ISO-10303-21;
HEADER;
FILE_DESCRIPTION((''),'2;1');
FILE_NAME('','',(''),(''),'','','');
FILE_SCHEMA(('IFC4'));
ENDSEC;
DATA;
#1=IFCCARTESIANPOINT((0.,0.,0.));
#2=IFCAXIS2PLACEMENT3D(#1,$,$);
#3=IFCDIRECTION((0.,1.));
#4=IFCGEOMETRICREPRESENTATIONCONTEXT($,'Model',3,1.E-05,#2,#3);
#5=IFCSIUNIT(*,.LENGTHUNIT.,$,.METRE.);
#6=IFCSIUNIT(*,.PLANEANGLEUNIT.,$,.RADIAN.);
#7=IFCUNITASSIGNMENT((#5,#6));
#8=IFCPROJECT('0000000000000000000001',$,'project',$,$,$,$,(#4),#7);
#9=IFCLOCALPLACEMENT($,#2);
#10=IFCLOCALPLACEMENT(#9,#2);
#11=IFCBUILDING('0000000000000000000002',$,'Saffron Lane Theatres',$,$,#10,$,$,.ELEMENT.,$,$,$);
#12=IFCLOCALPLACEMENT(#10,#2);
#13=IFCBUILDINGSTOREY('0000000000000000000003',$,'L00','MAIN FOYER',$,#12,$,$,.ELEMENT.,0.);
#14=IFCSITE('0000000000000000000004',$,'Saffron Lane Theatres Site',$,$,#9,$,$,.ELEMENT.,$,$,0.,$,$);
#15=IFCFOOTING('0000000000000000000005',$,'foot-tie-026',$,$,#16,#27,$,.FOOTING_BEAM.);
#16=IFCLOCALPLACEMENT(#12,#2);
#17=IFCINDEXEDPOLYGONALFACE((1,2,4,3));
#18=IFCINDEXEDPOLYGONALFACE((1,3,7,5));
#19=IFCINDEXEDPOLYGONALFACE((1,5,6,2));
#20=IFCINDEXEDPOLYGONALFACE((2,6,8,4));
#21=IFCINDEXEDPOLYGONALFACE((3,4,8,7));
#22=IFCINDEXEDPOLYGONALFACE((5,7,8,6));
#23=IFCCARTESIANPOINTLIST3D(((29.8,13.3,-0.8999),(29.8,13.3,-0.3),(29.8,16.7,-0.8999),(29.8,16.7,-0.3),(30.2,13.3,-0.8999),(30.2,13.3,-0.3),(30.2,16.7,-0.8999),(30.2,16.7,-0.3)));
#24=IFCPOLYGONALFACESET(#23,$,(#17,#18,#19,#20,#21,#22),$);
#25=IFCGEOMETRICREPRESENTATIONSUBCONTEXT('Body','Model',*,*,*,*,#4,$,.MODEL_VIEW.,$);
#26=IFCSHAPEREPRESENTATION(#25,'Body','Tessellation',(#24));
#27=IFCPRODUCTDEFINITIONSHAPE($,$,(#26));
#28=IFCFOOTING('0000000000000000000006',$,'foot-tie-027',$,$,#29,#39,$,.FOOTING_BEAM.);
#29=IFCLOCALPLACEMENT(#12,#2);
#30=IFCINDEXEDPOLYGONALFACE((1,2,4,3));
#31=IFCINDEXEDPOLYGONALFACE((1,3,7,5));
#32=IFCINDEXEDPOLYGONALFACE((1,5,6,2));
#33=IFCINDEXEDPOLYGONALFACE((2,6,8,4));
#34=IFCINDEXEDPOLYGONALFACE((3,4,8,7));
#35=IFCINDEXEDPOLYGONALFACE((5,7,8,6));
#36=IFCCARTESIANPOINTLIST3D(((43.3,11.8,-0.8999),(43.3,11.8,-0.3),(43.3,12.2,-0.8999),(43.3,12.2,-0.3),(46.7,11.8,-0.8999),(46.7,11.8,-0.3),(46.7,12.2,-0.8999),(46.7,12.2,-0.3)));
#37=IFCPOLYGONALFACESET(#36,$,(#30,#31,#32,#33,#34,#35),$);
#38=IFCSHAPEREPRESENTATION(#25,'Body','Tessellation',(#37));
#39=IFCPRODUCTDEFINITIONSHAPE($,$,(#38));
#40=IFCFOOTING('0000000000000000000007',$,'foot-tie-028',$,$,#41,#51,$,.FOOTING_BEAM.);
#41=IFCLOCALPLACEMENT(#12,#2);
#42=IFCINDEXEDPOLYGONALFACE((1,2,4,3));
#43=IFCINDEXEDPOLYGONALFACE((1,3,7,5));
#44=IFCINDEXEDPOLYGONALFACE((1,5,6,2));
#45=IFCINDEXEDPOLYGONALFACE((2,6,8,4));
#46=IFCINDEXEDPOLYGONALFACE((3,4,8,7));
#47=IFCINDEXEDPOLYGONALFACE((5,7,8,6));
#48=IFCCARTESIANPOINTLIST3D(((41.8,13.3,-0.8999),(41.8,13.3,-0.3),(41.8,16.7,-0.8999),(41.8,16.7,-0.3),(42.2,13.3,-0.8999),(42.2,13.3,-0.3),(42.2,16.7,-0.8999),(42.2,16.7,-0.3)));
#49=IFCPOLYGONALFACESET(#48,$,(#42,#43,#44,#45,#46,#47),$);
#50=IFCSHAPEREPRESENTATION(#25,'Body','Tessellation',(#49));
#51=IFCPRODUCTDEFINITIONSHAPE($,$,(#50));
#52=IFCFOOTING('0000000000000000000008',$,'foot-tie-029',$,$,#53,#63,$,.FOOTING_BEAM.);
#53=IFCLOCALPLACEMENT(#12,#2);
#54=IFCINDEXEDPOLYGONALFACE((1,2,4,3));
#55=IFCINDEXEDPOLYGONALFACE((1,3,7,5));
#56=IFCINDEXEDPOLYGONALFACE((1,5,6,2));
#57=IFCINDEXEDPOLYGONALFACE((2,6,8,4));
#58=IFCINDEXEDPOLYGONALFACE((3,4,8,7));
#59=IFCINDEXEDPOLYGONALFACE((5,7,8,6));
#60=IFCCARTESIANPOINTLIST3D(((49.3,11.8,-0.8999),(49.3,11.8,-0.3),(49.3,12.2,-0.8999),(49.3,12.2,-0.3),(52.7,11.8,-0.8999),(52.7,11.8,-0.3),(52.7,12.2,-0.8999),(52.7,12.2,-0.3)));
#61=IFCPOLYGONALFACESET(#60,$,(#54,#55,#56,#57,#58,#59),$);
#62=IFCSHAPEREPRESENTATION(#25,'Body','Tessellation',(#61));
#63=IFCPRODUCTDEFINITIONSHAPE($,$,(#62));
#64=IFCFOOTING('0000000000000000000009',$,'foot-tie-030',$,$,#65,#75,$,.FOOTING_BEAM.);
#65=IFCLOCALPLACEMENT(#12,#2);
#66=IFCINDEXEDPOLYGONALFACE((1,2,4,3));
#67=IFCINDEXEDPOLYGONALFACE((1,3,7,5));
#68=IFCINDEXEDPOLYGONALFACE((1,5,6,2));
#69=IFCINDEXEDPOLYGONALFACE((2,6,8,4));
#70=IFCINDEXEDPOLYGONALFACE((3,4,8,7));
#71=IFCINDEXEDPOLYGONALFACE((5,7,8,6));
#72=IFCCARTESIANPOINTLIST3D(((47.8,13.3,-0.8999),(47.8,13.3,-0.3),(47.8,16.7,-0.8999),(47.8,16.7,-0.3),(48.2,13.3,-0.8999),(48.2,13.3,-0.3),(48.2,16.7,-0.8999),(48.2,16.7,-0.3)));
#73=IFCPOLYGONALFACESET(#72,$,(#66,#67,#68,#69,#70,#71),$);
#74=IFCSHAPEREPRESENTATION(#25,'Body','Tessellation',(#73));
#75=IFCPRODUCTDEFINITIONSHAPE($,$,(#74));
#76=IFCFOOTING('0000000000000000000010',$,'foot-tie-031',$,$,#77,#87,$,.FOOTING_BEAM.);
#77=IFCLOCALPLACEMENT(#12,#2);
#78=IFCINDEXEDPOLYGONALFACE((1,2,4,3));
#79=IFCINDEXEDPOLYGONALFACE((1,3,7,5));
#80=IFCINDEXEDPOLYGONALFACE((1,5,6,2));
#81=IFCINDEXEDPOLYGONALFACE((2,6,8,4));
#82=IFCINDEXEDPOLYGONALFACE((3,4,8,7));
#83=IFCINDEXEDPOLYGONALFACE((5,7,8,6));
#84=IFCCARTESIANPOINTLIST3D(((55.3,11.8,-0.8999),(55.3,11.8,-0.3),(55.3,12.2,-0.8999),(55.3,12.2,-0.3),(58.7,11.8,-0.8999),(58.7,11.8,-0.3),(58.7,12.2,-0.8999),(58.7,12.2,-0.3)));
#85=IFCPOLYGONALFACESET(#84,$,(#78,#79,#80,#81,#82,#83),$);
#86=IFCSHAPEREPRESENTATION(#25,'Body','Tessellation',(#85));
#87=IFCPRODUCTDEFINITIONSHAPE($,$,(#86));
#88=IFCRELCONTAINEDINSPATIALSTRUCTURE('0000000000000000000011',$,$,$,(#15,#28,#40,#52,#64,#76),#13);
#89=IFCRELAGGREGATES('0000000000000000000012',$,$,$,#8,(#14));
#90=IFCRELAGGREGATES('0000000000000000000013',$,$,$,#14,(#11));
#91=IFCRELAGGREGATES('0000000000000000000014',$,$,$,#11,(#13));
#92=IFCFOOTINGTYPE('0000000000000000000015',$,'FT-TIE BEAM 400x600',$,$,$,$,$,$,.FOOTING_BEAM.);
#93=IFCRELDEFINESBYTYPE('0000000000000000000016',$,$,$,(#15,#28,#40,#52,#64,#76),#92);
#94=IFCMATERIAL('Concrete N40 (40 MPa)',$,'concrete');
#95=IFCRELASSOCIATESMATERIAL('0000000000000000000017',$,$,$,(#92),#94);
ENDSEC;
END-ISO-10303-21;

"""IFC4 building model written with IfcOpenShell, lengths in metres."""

from ifc_helpers import new_model, si_unit, direction, frame, origin, place, context, subcontext, project, spatial, polyline, outline, extrude, material, type_object, element, save


model = new_model("IFC4")

# Units and contexts
model_context = context("Model", 3, precision=1e-05, world=origin(), true_north=direction((0.0, 1.0)))
body_context = subcontext(model_context, "Body", "Model", "MODEL_VIEW")
ifc_project = project(units=[si_unit("LENGTHUNIT", "METRE"), si_unit("PLANEANGLEUNIT", "RADIAN")], contexts=[model_context])

# Site, building, storey
site_placement = place(None, origin())
site = spatial("IfcSite", under=ifc_project, at=site_placement, Name="Saffron Lane Theatres Site", CompositionType="ELEMENT", RefElevation=0.0)
building_placement = place(site_placement, origin())
building = spatial("IfcBuilding", under=site, at=building_placement, Name="Saffron Lane Theatres", CompositionType="ELEMENT")
storey_placement = place(building_placement, origin())
storey = spatial("IfcBuildingStorey", under=building, at=storey_placement, Name="L00", Description="MAIN FOYER", CompositionType="ELEMENT", Elevation=0.0)

# Footings
ifc_material_1 = material(Name="Concrete N40 (40 MPa)", Category="concrete")
footing_type_1 = type_object("IfcFootingType", Name="FT-TIE BEAM 400x600", PredefinedType="FOOTING_BEAM", material=ifc_material_1)
footing_1_placement = place(storey_placement, frame((0.0, 0.0, -0.8999)))
element("IfcFooting", 1, at=footing_1_placement, inside=storey, type_object=footing_type_1, Name="foot-tie-026", PredefinedType="FOOTING_BEAM", context=body_context, shape_type="SweptSolid", body=[
    extrude(outline(polyline([(29.8, 13.3), (30.2, 13.3), (30.2, 16.7), (29.8, 16.7), (29.8, 13.3)])), origin(), (0.0, 0.0, 1.0), 0.5999),
])
footing_2_placement = place(storey_placement, frame((0.0, 0.0, -0.8999)))
element("IfcFooting", 2, at=footing_2_placement, inside=storey, type_object=footing_type_1, Name="foot-tie-027", PredefinedType="FOOTING_BEAM", context=body_context, shape_type="SweptSolid", body=[
    extrude(outline(polyline([(43.3, 11.8), (46.7, 11.8), (46.7, 12.2), (43.3, 12.2), (43.3, 11.8)])), origin(), (0.0, 0.0, 1.0), 0.5999),
])
footing_3_placement = place(storey_placement, frame((0.0, 0.0, -0.8999)))
element("IfcFooting", 3, at=footing_3_placement, inside=storey, type_object=footing_type_1, Name="foot-tie-028", PredefinedType="FOOTING_BEAM", context=body_context, shape_type="SweptSolid", body=[
    extrude(outline(polyline([(41.8, 13.3), (42.2, 13.3), (42.2, 16.7), (41.8, 16.7), (41.8, 13.3)])), origin(), (0.0, 0.0, 1.0), 0.5999),
])
footing_4_placement = place(storey_placement, frame((0.0, 0.0, -0.8999)))
element("IfcFooting", 4, at=footing_4_placement, inside=storey, type_object=footing_type_1, Name="foot-tie-029", PredefinedType="FOOTING_BEAM", context=body_context, shape_type="SweptSolid", body=[
    extrude(outline(polyline([(49.3, 11.8), (52.7, 11.8), (52.7, 12.2), (49.3, 12.2), (49.3, 11.8)])), origin(), (0.0, 0.0, 1.0), 0.5999),
])
footing_5_placement = place(storey_placement, frame((0.0, 0.0, -0.8999)))
element("IfcFooting", 5, at=footing_5_placement, inside=storey, type_object=footing_type_1, Name="foot-tie-030", PredefinedType="FOOTING_BEAM", context=body_context, shape_type="SweptSolid", body=[
    extrude(outline(polyline([(47.8, 13.3), (48.2, 13.3), (48.2, 16.7), (47.8, 16.7), (47.8, 13.3)])), origin(), (0.0, 0.0, 1.0), 0.5999),
])
footing_6_placement = place(storey_placement, frame((0.0, 0.0, -0.8999)))
element("IfcFooting", 6, at=footing_6_placement, inside=storey, type_object=footing_type_1, Name="foot-tie-031", PredefinedType="FOOTING_BEAM", context=body_context, shape_type="SweptSolid", body=[
    extrude(outline(polyline([(55.3, 11.8), (58.7, 11.8), (58.7, 12.2), (55.3, 12.2), (55.3, 11.8)])), origin(), (0.0, 0.0, 1.0), 0.5999),
])

save(model, "model.ifc")
